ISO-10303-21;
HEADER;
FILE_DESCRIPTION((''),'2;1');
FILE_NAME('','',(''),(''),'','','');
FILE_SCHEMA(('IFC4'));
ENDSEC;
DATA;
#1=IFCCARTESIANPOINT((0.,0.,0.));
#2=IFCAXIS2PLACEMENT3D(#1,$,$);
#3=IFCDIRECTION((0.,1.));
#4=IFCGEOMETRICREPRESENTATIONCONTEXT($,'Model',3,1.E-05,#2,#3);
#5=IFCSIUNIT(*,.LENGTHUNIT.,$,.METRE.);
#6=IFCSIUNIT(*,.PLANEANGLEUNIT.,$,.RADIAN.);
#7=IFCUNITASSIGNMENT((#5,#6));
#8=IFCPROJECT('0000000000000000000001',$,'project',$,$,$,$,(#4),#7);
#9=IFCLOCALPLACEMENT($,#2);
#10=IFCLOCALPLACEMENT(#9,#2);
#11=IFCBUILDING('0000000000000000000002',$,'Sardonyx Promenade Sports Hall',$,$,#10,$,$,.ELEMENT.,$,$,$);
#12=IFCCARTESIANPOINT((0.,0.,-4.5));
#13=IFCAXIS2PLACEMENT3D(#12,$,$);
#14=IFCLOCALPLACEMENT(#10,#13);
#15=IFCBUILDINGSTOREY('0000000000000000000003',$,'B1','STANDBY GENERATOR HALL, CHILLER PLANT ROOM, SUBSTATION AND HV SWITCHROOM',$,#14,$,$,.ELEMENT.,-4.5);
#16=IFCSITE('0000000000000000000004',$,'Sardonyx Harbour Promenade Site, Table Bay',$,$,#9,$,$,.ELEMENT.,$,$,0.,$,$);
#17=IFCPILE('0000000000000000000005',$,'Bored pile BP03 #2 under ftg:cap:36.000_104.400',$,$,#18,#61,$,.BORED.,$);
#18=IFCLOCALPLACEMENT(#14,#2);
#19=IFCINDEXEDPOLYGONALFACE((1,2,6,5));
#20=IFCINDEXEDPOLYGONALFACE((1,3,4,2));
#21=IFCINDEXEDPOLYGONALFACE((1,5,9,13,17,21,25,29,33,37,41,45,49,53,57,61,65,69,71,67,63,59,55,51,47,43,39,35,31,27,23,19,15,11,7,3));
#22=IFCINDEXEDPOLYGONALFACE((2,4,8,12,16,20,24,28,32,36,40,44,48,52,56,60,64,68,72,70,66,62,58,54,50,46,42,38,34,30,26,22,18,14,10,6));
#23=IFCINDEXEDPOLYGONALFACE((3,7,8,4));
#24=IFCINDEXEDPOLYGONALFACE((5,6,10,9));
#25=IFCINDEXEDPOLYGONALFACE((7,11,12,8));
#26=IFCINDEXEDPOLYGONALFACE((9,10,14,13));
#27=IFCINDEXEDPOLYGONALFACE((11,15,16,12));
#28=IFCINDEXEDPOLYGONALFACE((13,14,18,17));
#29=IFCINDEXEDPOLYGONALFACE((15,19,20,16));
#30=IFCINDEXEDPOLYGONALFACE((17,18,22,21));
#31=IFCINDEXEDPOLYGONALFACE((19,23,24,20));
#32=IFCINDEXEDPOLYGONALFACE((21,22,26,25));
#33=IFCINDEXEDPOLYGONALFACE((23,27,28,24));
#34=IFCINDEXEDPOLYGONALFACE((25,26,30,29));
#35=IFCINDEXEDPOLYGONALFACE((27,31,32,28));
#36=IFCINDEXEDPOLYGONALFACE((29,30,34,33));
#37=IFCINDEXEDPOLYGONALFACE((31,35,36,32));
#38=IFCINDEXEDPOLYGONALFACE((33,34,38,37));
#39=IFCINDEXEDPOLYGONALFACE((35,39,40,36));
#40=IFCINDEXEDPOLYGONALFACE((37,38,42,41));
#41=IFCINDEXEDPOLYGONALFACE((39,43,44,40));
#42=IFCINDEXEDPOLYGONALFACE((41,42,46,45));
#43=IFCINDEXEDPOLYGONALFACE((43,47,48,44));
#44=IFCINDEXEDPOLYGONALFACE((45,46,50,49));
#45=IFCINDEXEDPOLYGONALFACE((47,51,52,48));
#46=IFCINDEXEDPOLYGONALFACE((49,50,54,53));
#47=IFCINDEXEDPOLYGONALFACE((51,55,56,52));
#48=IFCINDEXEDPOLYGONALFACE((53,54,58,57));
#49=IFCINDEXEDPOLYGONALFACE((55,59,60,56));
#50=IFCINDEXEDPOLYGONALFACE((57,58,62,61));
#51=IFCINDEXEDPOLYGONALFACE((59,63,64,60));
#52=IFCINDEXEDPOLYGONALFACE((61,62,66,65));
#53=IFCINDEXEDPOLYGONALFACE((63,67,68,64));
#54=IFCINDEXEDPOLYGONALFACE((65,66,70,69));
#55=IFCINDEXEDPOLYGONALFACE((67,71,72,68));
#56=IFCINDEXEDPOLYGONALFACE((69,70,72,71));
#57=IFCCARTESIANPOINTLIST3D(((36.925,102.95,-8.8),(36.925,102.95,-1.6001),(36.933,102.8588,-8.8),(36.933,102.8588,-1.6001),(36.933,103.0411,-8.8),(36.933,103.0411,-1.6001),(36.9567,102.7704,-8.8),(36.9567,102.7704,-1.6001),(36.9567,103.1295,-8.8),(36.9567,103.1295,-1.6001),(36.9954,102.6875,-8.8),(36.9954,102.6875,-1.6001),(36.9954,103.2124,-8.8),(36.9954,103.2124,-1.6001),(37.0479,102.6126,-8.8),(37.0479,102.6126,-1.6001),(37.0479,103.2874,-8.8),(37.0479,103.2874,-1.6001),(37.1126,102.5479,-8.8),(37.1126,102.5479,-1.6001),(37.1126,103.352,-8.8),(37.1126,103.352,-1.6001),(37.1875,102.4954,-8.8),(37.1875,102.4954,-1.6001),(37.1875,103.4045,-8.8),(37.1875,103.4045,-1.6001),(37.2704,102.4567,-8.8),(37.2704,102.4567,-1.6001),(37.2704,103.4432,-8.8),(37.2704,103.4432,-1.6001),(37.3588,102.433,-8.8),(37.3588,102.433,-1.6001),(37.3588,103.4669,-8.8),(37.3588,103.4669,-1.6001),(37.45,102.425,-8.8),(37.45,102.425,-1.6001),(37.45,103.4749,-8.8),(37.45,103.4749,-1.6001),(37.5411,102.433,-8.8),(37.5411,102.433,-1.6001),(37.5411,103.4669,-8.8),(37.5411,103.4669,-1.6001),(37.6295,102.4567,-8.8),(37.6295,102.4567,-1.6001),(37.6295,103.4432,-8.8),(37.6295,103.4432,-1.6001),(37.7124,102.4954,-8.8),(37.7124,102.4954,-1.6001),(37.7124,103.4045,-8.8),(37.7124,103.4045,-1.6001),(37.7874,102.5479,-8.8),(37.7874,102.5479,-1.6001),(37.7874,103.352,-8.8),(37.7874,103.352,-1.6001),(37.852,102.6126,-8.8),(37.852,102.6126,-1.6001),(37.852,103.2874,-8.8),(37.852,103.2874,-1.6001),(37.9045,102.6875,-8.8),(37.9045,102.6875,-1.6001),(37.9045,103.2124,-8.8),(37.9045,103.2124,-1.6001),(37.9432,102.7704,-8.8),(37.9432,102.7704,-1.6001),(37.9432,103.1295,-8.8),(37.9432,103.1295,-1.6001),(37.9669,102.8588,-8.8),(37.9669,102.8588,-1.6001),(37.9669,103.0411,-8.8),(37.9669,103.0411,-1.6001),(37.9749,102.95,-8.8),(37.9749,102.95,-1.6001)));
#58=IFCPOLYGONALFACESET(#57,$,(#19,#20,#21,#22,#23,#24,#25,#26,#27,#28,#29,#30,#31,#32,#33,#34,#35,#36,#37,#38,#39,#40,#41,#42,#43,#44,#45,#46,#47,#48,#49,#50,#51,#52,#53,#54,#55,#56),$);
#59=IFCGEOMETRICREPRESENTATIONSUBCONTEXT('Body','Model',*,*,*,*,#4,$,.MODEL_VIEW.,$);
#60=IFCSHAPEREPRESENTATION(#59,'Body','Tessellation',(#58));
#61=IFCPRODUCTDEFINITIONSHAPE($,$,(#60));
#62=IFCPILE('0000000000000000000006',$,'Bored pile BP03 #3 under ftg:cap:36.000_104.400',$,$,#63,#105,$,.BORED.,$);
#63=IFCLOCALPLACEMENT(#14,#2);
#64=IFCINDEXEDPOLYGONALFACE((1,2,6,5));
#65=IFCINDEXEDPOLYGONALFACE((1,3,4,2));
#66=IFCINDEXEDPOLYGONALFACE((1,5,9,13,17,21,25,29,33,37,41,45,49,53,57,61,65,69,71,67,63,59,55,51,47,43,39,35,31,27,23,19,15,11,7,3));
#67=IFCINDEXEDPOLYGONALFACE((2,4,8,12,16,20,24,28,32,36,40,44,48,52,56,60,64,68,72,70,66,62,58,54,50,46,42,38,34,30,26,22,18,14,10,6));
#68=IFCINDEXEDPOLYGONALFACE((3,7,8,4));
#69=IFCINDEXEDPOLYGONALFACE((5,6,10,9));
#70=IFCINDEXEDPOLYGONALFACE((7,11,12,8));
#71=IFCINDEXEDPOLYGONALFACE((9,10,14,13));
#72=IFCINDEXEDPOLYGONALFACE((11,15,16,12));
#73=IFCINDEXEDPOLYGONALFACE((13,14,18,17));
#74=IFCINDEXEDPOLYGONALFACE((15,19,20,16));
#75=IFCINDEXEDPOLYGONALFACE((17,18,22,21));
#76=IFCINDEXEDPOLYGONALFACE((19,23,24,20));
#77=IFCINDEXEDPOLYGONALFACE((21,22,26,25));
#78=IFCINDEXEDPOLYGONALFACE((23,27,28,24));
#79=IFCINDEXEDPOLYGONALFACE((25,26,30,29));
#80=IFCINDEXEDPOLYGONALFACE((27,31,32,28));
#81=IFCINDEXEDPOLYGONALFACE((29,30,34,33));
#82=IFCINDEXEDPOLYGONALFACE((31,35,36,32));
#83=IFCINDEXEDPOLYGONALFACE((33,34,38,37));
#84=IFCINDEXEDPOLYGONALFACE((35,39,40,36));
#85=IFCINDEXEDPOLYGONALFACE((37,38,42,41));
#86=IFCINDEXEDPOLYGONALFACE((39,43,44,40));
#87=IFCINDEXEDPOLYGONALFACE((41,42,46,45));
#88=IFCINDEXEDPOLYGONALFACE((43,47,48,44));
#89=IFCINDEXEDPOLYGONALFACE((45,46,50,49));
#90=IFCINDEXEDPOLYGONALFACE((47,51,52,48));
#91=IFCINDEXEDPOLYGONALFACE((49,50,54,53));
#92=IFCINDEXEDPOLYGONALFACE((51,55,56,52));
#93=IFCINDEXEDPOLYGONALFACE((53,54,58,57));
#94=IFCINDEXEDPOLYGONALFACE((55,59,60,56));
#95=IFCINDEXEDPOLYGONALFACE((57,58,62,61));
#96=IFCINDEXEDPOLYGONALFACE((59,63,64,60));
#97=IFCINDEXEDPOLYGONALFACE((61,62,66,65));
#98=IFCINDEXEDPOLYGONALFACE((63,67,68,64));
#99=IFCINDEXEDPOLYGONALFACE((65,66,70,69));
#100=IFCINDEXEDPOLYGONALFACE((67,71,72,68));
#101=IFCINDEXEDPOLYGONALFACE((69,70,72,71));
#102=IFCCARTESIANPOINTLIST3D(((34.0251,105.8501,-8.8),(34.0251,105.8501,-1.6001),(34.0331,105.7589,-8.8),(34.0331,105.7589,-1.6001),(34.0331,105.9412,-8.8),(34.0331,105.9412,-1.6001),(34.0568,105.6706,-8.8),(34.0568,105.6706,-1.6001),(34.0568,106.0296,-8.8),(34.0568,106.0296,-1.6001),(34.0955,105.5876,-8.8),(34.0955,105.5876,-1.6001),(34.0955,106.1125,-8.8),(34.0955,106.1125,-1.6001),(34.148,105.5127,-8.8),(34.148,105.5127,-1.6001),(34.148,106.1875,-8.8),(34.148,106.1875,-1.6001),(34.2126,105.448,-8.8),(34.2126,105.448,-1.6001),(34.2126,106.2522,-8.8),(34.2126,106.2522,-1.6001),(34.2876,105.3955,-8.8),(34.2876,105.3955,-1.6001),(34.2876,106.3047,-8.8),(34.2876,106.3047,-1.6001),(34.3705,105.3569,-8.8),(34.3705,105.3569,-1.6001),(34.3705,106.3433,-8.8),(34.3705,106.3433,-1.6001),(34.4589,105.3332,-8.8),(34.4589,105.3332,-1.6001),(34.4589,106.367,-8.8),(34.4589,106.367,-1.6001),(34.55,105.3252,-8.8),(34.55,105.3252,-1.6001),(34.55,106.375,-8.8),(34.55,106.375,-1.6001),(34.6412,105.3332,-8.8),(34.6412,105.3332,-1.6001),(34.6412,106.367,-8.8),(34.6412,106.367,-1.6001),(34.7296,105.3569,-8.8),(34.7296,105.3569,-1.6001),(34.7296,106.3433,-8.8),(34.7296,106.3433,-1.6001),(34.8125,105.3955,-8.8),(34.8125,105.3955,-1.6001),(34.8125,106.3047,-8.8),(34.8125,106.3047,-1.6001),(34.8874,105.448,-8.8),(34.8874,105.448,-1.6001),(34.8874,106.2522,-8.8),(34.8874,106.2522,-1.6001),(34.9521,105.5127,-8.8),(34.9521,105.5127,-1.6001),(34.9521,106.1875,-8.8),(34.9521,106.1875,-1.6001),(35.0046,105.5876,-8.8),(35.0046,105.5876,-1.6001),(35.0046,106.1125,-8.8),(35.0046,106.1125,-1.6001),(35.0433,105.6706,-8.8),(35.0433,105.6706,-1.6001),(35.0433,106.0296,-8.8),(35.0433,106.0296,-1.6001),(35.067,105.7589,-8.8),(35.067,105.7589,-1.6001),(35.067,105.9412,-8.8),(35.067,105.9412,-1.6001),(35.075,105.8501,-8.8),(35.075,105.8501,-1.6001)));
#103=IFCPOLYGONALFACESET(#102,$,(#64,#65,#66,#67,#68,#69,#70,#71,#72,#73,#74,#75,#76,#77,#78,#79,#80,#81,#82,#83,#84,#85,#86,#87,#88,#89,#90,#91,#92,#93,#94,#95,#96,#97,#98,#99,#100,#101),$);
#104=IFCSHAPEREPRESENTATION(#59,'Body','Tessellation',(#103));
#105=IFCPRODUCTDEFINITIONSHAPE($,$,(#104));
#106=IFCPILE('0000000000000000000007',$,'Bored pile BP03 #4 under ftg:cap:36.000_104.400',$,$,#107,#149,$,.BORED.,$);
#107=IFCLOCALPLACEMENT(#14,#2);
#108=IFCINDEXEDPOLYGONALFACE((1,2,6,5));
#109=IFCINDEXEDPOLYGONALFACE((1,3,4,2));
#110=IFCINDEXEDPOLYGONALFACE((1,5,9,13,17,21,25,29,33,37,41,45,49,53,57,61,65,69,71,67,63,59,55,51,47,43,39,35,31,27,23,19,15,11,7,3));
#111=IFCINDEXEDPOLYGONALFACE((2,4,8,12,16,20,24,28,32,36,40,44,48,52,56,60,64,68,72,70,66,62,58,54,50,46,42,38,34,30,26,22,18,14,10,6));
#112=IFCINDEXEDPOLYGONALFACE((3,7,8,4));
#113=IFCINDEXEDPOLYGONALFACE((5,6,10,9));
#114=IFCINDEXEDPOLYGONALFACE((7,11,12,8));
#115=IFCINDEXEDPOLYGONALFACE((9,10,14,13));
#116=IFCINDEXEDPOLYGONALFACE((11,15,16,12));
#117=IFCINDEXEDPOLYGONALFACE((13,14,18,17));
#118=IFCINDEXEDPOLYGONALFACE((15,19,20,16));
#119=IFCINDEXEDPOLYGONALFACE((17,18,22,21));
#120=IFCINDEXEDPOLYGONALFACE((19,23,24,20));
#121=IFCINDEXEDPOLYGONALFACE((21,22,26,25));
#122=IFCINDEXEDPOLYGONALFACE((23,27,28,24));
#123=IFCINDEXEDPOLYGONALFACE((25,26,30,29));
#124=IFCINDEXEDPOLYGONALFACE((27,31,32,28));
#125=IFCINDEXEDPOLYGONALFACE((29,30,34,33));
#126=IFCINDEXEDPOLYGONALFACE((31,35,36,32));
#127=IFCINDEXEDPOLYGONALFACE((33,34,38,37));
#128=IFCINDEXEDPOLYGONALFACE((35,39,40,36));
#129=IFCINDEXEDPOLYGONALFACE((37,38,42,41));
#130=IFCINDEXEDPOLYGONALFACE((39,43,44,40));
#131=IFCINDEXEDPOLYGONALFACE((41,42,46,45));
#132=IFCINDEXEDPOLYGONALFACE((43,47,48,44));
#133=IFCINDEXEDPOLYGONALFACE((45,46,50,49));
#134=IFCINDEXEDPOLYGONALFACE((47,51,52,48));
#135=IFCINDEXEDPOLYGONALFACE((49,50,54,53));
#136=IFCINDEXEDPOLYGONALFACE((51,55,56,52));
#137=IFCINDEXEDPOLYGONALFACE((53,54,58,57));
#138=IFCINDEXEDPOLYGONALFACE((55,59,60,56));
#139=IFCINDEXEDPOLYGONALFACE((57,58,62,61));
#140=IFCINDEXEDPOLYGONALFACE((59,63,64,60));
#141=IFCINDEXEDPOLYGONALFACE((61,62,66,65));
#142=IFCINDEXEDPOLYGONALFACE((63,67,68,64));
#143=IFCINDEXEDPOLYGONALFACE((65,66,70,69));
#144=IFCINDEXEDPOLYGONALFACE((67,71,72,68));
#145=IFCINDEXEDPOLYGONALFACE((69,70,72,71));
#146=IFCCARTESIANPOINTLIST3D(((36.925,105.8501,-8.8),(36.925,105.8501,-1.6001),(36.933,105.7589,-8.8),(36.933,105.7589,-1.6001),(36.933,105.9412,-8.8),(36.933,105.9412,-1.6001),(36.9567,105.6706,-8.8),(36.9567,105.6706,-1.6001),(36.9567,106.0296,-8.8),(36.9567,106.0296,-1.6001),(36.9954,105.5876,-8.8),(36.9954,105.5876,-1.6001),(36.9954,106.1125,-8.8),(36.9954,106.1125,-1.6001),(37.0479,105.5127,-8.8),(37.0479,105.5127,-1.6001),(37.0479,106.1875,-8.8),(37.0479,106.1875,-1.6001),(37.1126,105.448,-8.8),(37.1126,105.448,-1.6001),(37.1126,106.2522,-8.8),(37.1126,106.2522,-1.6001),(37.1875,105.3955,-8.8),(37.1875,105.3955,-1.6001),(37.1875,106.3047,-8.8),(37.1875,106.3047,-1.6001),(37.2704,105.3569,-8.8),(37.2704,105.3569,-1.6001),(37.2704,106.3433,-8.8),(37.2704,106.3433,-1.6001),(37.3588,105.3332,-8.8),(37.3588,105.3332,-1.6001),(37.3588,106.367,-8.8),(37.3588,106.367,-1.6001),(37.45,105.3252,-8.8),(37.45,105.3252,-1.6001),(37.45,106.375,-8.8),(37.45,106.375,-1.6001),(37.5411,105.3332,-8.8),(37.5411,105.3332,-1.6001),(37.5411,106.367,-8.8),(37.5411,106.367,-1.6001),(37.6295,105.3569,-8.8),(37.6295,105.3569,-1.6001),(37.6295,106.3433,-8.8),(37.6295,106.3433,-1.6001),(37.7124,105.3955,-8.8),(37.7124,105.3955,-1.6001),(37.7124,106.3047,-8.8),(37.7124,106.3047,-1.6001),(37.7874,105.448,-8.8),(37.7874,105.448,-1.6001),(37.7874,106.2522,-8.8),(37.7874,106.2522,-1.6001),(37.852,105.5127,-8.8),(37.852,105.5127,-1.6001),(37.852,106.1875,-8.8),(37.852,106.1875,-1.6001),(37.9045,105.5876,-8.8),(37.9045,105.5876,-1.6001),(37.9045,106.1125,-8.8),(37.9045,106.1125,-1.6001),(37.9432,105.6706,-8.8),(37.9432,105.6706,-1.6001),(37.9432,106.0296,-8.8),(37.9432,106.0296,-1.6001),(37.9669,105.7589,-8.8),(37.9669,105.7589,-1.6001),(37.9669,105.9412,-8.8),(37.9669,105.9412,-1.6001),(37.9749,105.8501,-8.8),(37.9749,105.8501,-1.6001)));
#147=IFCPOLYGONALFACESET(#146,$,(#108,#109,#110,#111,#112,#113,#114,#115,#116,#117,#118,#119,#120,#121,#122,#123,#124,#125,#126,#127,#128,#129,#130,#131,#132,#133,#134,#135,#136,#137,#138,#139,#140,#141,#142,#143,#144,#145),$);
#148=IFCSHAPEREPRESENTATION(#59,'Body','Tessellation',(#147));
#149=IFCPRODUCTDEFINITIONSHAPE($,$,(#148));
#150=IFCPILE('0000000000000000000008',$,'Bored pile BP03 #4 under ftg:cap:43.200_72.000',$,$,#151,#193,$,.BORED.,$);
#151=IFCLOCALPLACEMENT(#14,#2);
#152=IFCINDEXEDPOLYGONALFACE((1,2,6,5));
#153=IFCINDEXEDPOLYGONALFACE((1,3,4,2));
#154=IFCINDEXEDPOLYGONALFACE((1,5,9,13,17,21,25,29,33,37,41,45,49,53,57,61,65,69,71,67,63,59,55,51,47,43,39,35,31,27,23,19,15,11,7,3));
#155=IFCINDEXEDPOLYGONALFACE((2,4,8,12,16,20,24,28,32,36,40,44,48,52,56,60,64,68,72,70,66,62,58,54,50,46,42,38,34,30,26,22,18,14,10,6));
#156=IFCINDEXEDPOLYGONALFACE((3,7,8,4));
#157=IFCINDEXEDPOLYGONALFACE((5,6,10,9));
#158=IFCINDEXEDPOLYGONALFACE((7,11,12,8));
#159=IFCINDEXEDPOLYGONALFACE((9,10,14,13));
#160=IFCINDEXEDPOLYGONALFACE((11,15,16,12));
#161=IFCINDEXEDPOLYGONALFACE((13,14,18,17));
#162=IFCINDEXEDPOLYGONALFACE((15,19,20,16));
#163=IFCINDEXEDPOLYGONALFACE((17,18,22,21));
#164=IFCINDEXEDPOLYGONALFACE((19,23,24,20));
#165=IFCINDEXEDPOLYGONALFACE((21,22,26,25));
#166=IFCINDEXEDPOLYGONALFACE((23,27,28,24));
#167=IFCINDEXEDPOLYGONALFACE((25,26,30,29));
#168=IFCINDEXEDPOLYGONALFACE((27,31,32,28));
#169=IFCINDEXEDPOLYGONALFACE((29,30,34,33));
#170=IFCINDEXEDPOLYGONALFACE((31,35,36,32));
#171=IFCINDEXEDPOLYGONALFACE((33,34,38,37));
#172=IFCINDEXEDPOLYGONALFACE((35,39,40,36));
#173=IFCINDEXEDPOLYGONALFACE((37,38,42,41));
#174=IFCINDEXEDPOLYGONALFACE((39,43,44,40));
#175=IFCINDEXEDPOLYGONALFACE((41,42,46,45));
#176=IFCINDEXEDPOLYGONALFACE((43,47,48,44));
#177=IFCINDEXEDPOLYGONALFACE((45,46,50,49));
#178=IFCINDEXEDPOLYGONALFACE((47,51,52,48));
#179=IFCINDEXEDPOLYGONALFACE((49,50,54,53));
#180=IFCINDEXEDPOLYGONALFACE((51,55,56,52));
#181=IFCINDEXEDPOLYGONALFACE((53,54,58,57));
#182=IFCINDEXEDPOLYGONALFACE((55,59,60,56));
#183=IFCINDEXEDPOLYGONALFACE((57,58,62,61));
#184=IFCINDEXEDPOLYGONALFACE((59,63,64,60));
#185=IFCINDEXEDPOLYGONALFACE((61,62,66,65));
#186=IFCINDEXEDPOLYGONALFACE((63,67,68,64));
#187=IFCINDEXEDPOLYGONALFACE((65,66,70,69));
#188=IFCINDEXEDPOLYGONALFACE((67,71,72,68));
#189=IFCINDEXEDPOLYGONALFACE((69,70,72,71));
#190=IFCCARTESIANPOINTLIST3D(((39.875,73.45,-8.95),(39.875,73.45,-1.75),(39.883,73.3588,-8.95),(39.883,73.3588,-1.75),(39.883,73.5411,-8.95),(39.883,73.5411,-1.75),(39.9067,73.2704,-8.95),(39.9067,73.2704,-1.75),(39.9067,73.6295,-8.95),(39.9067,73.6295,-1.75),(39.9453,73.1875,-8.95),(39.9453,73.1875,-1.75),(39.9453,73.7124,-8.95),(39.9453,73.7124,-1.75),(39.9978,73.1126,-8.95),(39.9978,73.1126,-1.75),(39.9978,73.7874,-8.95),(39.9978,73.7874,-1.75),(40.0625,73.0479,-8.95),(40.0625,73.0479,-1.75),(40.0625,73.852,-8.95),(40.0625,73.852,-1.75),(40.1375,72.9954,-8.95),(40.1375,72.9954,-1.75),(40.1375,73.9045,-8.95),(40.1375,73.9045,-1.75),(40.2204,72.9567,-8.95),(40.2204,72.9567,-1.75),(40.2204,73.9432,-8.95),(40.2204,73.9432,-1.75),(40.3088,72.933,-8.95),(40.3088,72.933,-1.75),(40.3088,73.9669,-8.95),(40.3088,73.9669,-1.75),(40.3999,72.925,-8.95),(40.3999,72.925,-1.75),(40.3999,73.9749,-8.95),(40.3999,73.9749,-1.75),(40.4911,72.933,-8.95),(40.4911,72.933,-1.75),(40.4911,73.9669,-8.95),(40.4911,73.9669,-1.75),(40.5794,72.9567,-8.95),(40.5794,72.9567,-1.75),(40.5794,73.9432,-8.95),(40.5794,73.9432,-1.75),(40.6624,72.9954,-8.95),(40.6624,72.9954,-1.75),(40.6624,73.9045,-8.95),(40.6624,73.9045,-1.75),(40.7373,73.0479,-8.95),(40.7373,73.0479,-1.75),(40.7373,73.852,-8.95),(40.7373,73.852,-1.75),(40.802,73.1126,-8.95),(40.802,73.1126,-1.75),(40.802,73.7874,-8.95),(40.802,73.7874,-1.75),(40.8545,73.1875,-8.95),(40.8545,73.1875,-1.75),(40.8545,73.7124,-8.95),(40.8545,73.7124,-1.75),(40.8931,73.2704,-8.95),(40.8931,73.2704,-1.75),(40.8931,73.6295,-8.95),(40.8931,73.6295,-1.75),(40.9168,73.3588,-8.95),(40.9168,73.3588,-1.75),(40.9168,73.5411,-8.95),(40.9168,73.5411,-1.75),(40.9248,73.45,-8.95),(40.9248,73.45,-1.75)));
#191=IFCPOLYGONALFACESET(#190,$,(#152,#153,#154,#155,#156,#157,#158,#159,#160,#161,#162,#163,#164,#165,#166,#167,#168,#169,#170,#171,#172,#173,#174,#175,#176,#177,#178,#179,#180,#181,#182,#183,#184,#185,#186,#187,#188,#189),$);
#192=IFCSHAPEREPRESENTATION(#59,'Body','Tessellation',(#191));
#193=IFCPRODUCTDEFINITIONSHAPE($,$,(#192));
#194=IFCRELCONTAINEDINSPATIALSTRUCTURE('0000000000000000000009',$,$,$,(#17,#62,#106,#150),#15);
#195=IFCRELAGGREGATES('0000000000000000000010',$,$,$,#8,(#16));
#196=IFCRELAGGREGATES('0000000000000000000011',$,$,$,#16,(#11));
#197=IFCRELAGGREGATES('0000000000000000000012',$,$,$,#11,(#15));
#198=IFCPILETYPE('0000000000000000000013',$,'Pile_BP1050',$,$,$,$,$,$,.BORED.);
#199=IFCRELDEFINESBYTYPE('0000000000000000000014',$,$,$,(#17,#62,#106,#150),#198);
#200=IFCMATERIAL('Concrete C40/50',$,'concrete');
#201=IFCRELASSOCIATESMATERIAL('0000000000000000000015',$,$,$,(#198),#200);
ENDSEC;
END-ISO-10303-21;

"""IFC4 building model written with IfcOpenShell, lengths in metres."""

from ifc_helpers import new_model, si_unit, direction, frame, origin, origin_2d, place, context, subcontext, project, spatial, circle, extrude, material, material_profile, profile_set, type_object, element, save


model = new_model("IFC4")

# Units and contexts
model_context = context("Model", 3, precision=1e-05, world=origin(), true_north=direction((0.0, 1.0)))
body_context = subcontext(model_context, "Body", "Model", "MODEL_VIEW")
ifc_project = project(units=[si_unit("LENGTHUNIT", "METRE"), si_unit("PLANEANGLEUNIT", "RADIAN")], contexts=[model_context])

# Site, building, storey
site_placement = place(None, origin())
site = spatial("IfcSite", under=ifc_project, at=site_placement, Name="Sardonyx Harbour Promenade Site, Table Bay", CompositionType="ELEMENT", RefElevation=0.0)
building_placement = place(site_placement, origin())
building = spatial("IfcBuilding", under=site, at=building_placement, Name="Sardonyx Promenade Sports Hall", CompositionType="ELEMENT")
storey_placement = place(building_placement, frame((0.0, 0.0, -4.5)))
storey = spatial("IfcBuildingStorey", under=building, at=storey_placement, Name="B1", Description="STANDBY GENERATOR HALL, CHILLER PLANT ROOM, SUBSTATION AND HV SWITCHROOM", CompositionType="ELEMENT", Elevation=-4.5)

# Piles
ifc_material_1 = material(Name="Concrete C40/50", Category="concrete")
ifc_material_profile_1 = material_profile(ifc_material_1, circle(Radius=0.5249, at=origin_2d()))
ifc_profile_set_1 = profile_set([ifc_material_profile_1], Name="Concrete C40/50")
pile_type_1 = type_object("IfcPileType", Name="Pile_BP1050", PredefinedType="BORED", material=ifc_profile_set_1)
for number, where, z_axis, x_axis, name in (
    (1, (37.45, 102.95, -1.6001), (0.0, 0.0, -1.0), (1.0, 0.0, 0.0), "Bored pile BP03 #2 under ftg:cap:36.000_104.400"),
    (2, (34.55, 105.8501, -1.6001), (0.0, 0.0, -1.0), (1.0, 0.0, 0.0), "Bored pile BP03 #3 under ftg:cap:36.000_104.400"),
    (3, (37.45, 105.8501, -1.6001), (0.0, 0.0, -1.0), (1.0, 0.0, 0.0), "Bored pile BP03 #4 under ftg:cap:36.000_104.400"),
    (4, (40.3999, 73.45, -1.75), (0.0, 0.0, -1.0), (1.0, 0.0, 0.0), "Bored pile BP03 #4 under ftg:cap:43.200_72.000"),
):
    element("IfcPile", number, at=place(storey_placement, frame(where, z_axis=z_axis, x_axis=x_axis)), inside=storey, type_object=pile_type_1, Name=name, PredefinedType="BORED", context=body_context, shape_type="SweptSolid", body=[
        extrude(circle(Radius=0.5249, at=origin_2d()), origin(), (0.0, 0.0, 1.0), 7.2),
    ])

save(model, "model.ifc")
